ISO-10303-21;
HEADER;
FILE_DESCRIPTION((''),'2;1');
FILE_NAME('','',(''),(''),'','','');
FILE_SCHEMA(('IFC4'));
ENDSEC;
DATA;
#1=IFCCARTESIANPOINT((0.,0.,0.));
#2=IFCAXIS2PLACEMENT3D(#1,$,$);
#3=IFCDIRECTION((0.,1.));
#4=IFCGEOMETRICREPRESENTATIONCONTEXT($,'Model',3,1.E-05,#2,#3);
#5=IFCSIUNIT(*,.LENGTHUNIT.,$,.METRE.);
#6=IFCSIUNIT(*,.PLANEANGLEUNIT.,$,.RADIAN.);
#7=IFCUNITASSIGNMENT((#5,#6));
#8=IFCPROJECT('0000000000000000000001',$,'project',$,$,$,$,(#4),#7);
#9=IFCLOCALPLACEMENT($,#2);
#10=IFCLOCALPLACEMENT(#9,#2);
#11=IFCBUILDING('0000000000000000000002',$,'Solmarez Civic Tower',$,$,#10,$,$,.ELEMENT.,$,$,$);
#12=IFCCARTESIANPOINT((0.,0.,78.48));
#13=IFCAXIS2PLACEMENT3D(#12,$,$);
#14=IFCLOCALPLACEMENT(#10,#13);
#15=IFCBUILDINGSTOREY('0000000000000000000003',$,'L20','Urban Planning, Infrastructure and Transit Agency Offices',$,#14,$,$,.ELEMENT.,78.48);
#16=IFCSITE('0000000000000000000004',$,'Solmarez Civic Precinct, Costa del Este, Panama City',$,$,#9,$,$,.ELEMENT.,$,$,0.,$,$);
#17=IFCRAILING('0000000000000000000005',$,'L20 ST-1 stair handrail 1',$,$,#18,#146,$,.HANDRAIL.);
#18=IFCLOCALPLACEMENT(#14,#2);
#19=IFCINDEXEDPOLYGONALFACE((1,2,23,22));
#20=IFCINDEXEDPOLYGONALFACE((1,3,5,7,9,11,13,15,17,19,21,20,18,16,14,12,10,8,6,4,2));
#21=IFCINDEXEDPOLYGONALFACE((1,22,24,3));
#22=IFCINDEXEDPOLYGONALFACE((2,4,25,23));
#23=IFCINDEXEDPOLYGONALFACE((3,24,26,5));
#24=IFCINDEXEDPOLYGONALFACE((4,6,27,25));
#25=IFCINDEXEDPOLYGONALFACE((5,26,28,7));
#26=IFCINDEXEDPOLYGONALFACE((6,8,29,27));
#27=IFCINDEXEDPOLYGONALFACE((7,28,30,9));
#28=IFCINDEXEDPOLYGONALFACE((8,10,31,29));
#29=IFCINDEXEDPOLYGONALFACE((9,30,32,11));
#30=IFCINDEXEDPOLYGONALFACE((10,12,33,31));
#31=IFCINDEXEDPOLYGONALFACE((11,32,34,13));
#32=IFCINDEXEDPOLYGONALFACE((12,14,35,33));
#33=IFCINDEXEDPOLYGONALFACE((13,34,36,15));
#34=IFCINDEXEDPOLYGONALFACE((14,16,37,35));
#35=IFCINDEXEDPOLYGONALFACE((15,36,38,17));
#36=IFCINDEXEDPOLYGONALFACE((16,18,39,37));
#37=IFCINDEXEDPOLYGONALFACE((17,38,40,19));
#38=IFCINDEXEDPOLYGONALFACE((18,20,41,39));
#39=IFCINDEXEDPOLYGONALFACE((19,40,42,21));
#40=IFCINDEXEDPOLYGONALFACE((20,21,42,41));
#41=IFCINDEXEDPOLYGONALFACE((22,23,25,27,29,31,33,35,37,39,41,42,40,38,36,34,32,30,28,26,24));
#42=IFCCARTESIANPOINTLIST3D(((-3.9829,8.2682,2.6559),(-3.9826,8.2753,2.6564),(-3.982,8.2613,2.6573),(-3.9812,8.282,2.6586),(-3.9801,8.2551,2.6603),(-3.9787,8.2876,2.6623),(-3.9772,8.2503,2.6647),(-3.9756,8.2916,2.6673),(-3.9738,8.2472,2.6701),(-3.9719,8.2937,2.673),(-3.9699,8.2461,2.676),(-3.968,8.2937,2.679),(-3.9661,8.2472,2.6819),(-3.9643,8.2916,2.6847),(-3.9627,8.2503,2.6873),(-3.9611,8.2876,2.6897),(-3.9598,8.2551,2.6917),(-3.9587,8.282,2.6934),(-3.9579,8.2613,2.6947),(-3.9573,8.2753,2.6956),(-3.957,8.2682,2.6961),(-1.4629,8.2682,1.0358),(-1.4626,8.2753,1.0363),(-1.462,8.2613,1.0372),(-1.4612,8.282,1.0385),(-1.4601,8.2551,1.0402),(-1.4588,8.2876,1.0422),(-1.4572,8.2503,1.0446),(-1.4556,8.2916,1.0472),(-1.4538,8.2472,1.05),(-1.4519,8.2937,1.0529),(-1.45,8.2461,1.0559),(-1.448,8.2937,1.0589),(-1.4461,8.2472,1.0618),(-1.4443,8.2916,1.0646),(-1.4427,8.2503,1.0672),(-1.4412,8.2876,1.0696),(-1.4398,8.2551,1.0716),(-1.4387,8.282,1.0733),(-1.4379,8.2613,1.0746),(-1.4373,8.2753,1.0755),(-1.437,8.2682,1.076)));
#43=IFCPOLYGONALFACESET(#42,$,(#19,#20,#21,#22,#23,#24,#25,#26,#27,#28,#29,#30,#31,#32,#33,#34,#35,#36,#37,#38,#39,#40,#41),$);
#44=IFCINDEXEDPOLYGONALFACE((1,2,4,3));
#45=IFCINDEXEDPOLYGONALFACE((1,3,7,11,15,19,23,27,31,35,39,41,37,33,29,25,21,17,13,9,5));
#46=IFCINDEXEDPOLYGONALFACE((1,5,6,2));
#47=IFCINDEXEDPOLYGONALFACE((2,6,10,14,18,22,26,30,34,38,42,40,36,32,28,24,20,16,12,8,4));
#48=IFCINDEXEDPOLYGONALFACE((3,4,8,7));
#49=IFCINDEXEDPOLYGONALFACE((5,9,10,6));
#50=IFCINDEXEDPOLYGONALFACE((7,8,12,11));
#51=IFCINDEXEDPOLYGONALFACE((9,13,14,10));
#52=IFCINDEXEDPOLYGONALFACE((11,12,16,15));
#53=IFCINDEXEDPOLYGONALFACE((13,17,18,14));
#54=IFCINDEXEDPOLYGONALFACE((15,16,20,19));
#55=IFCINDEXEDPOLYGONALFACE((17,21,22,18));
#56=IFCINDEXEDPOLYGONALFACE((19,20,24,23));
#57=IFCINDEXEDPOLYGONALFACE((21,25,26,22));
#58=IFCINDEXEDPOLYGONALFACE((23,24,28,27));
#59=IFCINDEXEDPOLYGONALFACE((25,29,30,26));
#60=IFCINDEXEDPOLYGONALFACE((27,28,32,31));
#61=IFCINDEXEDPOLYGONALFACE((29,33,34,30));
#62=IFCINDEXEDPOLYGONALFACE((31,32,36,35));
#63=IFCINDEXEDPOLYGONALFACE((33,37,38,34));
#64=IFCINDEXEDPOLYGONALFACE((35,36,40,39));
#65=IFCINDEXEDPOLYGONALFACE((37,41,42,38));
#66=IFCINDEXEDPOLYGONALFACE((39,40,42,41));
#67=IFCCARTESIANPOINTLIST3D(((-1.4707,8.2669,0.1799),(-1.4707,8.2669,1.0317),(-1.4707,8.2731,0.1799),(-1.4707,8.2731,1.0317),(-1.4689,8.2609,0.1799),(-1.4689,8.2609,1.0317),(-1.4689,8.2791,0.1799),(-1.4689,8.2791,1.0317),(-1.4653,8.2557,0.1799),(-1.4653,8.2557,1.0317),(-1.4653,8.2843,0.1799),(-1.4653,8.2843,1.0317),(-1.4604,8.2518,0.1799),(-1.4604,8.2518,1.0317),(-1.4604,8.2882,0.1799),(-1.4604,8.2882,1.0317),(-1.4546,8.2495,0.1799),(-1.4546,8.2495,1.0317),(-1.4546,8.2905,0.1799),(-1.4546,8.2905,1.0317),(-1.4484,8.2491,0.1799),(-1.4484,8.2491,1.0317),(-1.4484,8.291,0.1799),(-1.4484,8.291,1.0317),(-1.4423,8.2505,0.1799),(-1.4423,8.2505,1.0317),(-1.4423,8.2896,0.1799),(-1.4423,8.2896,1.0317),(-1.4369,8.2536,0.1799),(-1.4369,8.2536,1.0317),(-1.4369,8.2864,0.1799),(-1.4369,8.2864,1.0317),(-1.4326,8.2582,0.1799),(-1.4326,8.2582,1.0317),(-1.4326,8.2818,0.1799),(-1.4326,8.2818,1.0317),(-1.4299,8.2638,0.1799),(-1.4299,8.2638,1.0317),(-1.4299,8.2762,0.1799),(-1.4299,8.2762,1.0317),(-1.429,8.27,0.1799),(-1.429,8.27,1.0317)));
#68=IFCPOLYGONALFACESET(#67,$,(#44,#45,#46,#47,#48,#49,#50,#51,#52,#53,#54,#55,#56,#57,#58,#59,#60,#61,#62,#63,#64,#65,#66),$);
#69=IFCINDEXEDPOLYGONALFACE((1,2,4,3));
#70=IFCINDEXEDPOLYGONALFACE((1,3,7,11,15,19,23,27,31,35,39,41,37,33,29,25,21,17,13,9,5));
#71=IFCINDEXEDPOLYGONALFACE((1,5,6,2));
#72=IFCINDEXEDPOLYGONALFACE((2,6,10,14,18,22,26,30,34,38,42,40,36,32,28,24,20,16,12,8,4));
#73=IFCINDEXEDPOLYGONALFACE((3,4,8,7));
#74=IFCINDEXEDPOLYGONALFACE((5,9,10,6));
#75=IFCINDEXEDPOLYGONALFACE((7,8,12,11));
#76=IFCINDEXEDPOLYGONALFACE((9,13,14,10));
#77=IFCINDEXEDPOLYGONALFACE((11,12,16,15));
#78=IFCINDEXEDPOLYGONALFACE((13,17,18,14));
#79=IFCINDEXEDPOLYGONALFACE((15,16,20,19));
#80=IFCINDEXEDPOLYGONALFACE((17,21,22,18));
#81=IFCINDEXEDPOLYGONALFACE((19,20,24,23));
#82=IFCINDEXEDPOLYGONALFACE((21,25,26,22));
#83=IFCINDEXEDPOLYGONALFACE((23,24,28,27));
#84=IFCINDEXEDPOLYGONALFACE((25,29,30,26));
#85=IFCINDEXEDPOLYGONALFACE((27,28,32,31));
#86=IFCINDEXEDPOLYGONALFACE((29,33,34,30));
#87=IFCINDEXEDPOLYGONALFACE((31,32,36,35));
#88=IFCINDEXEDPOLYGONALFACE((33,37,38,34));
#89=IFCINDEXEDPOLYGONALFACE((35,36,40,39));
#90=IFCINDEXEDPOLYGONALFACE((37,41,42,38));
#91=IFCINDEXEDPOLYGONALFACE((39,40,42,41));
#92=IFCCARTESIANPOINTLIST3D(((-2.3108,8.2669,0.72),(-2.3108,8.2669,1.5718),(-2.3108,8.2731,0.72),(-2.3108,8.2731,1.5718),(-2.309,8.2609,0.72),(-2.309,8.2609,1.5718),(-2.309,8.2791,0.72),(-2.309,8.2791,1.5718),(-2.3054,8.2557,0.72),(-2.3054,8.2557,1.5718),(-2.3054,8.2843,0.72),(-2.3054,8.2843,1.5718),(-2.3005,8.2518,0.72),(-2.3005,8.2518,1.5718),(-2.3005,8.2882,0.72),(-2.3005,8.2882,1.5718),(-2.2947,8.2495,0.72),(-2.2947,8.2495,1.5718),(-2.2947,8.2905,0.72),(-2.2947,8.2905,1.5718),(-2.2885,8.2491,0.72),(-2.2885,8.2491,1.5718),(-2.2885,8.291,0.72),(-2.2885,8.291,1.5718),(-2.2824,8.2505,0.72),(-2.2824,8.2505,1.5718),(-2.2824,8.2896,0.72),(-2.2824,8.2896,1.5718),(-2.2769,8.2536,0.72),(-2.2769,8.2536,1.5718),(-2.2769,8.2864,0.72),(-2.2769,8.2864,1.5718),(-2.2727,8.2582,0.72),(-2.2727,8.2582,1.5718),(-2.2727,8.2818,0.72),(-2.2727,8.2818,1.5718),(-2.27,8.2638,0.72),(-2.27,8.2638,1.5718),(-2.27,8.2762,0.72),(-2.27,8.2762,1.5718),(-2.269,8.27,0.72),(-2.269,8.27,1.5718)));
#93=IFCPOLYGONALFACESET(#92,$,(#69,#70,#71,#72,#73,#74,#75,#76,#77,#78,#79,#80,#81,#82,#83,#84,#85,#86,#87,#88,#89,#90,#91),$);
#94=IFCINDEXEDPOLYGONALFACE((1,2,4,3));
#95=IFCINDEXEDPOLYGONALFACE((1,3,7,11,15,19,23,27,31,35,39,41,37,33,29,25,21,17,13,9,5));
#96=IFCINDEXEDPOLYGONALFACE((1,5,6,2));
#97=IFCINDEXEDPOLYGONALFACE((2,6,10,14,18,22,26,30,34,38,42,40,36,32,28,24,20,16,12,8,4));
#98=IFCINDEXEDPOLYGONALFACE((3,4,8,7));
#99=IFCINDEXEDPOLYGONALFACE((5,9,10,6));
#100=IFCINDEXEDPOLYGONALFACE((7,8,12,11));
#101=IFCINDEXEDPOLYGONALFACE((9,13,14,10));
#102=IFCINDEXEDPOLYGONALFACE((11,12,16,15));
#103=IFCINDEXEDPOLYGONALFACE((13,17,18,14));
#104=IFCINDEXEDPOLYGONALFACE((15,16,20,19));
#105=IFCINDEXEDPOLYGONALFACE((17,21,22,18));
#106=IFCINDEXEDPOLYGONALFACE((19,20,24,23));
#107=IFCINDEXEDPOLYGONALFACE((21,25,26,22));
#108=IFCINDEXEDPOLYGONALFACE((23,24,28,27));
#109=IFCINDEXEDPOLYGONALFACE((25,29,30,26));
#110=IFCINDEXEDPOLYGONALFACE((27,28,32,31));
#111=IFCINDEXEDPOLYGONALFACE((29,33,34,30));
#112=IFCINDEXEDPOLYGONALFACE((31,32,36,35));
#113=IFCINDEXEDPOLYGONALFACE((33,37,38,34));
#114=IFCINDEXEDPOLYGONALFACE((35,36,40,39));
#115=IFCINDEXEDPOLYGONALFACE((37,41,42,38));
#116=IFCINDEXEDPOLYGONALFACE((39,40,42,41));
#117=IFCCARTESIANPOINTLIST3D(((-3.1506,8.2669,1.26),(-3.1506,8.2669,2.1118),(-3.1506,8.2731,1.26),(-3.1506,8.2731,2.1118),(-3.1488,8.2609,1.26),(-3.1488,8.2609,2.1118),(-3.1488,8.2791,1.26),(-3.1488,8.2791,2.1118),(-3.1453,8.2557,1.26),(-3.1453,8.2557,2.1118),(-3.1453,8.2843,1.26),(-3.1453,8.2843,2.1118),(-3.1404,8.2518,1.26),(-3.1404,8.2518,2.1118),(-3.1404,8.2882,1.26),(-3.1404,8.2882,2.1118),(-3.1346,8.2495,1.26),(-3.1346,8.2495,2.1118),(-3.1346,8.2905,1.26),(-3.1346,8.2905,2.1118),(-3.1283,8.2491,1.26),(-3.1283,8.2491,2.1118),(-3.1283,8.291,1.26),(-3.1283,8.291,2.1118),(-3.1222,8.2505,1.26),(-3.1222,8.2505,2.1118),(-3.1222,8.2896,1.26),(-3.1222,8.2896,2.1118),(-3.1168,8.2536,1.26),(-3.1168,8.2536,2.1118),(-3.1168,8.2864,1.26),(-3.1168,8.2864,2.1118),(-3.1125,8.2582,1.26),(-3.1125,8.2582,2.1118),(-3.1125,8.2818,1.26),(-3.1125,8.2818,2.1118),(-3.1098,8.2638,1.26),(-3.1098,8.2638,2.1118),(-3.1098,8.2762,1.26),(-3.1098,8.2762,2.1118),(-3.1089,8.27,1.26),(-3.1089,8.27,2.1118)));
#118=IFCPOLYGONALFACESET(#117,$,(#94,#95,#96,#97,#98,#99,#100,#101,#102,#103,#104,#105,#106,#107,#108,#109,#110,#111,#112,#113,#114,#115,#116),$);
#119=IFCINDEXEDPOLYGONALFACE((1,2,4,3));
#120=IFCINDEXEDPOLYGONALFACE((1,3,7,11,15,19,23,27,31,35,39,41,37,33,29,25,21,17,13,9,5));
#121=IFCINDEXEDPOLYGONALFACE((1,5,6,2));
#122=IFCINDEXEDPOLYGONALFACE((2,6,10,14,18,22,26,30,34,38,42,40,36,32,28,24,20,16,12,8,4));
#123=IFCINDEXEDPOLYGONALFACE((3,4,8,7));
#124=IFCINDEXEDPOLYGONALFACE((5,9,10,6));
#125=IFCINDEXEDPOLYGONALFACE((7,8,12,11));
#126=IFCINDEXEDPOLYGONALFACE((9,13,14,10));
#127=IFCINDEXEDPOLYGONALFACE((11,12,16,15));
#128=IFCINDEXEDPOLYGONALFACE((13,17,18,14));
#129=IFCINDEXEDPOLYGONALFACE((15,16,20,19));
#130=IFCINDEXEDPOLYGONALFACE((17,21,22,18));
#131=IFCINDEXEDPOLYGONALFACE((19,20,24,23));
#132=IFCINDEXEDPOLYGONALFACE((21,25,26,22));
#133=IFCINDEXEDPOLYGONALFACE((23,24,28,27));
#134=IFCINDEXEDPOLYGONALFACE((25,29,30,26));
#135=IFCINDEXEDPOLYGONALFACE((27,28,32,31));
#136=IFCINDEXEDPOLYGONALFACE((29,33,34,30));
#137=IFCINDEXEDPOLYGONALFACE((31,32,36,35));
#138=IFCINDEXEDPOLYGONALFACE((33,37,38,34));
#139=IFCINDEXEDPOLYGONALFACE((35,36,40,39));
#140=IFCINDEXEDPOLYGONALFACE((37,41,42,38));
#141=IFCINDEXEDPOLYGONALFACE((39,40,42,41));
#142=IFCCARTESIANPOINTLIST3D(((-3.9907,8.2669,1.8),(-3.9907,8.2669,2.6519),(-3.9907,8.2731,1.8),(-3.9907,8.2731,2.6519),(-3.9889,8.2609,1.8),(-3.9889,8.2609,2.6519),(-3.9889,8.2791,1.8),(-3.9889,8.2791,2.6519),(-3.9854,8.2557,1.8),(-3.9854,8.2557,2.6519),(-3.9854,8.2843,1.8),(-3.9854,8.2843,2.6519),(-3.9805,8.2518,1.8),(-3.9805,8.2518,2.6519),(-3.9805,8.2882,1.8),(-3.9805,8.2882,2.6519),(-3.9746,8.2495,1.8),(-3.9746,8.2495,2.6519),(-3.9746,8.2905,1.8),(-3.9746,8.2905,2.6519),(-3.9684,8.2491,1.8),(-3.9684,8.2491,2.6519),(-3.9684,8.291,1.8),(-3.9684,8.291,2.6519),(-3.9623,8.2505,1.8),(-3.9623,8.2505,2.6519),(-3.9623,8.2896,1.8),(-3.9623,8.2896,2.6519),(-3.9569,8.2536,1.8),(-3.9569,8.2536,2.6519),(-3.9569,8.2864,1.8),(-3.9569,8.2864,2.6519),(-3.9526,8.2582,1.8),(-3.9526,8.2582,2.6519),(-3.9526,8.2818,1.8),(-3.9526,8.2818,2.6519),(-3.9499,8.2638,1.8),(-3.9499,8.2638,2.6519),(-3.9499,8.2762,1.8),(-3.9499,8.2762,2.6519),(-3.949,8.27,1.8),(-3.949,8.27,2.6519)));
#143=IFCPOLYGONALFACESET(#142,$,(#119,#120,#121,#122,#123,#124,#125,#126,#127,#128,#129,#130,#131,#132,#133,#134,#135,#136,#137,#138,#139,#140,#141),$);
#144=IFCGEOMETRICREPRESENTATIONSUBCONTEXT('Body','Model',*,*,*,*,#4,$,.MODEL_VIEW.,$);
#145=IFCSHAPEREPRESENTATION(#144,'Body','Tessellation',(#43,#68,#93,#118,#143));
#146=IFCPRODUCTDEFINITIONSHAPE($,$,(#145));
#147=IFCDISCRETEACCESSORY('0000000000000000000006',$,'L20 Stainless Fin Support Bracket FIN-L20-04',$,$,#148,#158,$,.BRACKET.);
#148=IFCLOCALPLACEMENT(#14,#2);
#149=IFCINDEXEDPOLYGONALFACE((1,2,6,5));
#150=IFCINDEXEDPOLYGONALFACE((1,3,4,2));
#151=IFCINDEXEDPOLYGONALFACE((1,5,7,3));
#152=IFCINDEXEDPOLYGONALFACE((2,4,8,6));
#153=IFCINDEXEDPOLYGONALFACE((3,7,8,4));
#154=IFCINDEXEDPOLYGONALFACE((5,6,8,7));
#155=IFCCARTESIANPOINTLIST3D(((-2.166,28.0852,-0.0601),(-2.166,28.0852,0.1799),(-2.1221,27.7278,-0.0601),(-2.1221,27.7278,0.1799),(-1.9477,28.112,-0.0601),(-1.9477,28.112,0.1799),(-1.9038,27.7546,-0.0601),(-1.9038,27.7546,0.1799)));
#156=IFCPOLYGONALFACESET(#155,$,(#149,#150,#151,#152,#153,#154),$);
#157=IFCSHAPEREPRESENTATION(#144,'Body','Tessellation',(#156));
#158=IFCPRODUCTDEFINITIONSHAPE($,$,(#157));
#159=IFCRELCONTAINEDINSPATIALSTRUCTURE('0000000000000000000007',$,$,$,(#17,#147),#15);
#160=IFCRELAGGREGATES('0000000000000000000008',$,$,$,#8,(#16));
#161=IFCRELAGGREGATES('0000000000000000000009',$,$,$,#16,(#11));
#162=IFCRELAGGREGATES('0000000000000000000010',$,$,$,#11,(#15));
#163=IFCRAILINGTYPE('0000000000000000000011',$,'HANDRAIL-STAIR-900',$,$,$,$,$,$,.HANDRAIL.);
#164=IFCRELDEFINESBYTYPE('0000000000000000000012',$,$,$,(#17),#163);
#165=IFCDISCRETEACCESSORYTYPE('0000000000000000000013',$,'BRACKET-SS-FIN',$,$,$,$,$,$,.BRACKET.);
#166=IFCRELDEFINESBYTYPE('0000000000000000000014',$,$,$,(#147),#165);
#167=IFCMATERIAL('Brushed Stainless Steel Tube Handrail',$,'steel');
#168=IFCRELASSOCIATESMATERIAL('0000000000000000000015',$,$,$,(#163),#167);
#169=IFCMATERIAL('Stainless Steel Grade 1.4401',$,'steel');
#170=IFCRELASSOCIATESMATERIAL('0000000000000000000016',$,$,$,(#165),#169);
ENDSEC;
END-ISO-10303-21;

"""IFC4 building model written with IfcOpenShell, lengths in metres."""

from ifc_helpers import new_model, si_unit, direction, frame, origin, origin_2d, place, context, subcontext, project, spatial, rectangle, circle, extrude, material, type_object, element, save


model = new_model("IFC4")

# Units and contexts
model_context = context("Model", 3, precision=1e-05, world=origin(), true_north=direction((0.0, 1.0)))
body_context = subcontext(model_context, "Body", "Model", "MODEL_VIEW")
ifc_project = project(units=[si_unit("LENGTHUNIT", "METRE"), si_unit("PLANEANGLEUNIT", "RADIAN")], contexts=[model_context])

# Site, building, storey
site_placement = place(None, origin())
site = spatial("IfcSite", under=ifc_project, at=site_placement, Name="Solmarez Civic Precinct, Costa del Este, Panama City", CompositionType="ELEMENT", RefElevation=0.0)
building_placement = place(site_placement, origin())
building = spatial("IfcBuilding", under=site, at=building_placement, Name="Solmarez Civic Tower", CompositionType="ELEMENT")
storey_placement = place(building_placement, frame((0.0, 0.0, 78.48)))
storey = spatial("IfcBuildingStorey", under=building, at=storey_placement, Name="L20", Description="Urban Planning, Infrastructure and Transit Agency Offices", CompositionType="ELEMENT", Elevation=78.48)

# Railing
ifc_material_1 = material(Name="Brushed Stainless Steel Tube Handrail", Category="steel")
railing_type = type_object("IfcRailingType", Name="HANDRAIL-STAIR-900", PredefinedType="HANDRAIL", material=ifc_material_1)
railing_placement = place(storey_placement, frame((-1.45, 8.27, 0.1799)))
element("IfcRailing", 1, at=railing_placement, inside=storey, type_object=railing_type, Name="L20 ST-1 stair handrail 1", PredefinedType="HANDRAIL", context=body_context, shape_type="SweptSolid", body=[
    extrude(circle(Radius=0.0239, at=origin_2d()), frame((0.0, 0.0, 0.876), z_axis=(-0.841163, 0.0, 0.540782), x_axis=(0.0, -1.0, 0.0)), (0.0, 0.0, 1.0), 2.9958),
    extrude(circle(Radius=0.021, at=origin_2d()), origin(), (0.0, 0.0, 1.0), 0.8518),
    extrude(circle(Radius=0.021, at=origin_2d()), frame((-0.8401, 0.0, 0.54)), (0.0, 0.0, 1.0), 0.8518),
    extrude(circle(Radius=0.021, at=origin_2d()), frame((-1.6799, 0.0, 1.0801)), (0.0, 0.0, 1.0), 0.8518),
    extrude(circle(Radius=0.021, at=origin_2d()), frame((-2.52, 0.0, 1.6201)), (0.0, 0.0, 1.0), 0.8518),
])

# Discrete accessory
ifc_material_2 = material(Name="Stainless Steel Grade 1.4401", Category="steel")
discrete_accessory_type = type_object("IfcDiscreteAccessoryType", Name="BRACKET-SS-FIN", PredefinedType="BRACKET", material=ifc_material_2)
discrete_accessory_placement = place(storey_placement, frame((-2.0349, 27.9199, -0.0601), z_axis=(0.0, 0.0, 1.0), x_axis=(-0.121875, 0.992545, 0.0)))
element("IfcDiscreteAccessory", 2, at=discrete_accessory_placement, inside=storey, type_object=discrete_accessory_type, Name="L20 Stainless Fin Support Bracket FIN-L20-04", PredefinedType="BRACKET", context=body_context, shape_type="SweptSolid", body=[
    extrude(rectangle(XDim=0.3601, YDim=0.22, at=origin_2d()), origin(), (0.0, 0.0, 1.0), 0.24),
])

save(model, "model.ifc")
